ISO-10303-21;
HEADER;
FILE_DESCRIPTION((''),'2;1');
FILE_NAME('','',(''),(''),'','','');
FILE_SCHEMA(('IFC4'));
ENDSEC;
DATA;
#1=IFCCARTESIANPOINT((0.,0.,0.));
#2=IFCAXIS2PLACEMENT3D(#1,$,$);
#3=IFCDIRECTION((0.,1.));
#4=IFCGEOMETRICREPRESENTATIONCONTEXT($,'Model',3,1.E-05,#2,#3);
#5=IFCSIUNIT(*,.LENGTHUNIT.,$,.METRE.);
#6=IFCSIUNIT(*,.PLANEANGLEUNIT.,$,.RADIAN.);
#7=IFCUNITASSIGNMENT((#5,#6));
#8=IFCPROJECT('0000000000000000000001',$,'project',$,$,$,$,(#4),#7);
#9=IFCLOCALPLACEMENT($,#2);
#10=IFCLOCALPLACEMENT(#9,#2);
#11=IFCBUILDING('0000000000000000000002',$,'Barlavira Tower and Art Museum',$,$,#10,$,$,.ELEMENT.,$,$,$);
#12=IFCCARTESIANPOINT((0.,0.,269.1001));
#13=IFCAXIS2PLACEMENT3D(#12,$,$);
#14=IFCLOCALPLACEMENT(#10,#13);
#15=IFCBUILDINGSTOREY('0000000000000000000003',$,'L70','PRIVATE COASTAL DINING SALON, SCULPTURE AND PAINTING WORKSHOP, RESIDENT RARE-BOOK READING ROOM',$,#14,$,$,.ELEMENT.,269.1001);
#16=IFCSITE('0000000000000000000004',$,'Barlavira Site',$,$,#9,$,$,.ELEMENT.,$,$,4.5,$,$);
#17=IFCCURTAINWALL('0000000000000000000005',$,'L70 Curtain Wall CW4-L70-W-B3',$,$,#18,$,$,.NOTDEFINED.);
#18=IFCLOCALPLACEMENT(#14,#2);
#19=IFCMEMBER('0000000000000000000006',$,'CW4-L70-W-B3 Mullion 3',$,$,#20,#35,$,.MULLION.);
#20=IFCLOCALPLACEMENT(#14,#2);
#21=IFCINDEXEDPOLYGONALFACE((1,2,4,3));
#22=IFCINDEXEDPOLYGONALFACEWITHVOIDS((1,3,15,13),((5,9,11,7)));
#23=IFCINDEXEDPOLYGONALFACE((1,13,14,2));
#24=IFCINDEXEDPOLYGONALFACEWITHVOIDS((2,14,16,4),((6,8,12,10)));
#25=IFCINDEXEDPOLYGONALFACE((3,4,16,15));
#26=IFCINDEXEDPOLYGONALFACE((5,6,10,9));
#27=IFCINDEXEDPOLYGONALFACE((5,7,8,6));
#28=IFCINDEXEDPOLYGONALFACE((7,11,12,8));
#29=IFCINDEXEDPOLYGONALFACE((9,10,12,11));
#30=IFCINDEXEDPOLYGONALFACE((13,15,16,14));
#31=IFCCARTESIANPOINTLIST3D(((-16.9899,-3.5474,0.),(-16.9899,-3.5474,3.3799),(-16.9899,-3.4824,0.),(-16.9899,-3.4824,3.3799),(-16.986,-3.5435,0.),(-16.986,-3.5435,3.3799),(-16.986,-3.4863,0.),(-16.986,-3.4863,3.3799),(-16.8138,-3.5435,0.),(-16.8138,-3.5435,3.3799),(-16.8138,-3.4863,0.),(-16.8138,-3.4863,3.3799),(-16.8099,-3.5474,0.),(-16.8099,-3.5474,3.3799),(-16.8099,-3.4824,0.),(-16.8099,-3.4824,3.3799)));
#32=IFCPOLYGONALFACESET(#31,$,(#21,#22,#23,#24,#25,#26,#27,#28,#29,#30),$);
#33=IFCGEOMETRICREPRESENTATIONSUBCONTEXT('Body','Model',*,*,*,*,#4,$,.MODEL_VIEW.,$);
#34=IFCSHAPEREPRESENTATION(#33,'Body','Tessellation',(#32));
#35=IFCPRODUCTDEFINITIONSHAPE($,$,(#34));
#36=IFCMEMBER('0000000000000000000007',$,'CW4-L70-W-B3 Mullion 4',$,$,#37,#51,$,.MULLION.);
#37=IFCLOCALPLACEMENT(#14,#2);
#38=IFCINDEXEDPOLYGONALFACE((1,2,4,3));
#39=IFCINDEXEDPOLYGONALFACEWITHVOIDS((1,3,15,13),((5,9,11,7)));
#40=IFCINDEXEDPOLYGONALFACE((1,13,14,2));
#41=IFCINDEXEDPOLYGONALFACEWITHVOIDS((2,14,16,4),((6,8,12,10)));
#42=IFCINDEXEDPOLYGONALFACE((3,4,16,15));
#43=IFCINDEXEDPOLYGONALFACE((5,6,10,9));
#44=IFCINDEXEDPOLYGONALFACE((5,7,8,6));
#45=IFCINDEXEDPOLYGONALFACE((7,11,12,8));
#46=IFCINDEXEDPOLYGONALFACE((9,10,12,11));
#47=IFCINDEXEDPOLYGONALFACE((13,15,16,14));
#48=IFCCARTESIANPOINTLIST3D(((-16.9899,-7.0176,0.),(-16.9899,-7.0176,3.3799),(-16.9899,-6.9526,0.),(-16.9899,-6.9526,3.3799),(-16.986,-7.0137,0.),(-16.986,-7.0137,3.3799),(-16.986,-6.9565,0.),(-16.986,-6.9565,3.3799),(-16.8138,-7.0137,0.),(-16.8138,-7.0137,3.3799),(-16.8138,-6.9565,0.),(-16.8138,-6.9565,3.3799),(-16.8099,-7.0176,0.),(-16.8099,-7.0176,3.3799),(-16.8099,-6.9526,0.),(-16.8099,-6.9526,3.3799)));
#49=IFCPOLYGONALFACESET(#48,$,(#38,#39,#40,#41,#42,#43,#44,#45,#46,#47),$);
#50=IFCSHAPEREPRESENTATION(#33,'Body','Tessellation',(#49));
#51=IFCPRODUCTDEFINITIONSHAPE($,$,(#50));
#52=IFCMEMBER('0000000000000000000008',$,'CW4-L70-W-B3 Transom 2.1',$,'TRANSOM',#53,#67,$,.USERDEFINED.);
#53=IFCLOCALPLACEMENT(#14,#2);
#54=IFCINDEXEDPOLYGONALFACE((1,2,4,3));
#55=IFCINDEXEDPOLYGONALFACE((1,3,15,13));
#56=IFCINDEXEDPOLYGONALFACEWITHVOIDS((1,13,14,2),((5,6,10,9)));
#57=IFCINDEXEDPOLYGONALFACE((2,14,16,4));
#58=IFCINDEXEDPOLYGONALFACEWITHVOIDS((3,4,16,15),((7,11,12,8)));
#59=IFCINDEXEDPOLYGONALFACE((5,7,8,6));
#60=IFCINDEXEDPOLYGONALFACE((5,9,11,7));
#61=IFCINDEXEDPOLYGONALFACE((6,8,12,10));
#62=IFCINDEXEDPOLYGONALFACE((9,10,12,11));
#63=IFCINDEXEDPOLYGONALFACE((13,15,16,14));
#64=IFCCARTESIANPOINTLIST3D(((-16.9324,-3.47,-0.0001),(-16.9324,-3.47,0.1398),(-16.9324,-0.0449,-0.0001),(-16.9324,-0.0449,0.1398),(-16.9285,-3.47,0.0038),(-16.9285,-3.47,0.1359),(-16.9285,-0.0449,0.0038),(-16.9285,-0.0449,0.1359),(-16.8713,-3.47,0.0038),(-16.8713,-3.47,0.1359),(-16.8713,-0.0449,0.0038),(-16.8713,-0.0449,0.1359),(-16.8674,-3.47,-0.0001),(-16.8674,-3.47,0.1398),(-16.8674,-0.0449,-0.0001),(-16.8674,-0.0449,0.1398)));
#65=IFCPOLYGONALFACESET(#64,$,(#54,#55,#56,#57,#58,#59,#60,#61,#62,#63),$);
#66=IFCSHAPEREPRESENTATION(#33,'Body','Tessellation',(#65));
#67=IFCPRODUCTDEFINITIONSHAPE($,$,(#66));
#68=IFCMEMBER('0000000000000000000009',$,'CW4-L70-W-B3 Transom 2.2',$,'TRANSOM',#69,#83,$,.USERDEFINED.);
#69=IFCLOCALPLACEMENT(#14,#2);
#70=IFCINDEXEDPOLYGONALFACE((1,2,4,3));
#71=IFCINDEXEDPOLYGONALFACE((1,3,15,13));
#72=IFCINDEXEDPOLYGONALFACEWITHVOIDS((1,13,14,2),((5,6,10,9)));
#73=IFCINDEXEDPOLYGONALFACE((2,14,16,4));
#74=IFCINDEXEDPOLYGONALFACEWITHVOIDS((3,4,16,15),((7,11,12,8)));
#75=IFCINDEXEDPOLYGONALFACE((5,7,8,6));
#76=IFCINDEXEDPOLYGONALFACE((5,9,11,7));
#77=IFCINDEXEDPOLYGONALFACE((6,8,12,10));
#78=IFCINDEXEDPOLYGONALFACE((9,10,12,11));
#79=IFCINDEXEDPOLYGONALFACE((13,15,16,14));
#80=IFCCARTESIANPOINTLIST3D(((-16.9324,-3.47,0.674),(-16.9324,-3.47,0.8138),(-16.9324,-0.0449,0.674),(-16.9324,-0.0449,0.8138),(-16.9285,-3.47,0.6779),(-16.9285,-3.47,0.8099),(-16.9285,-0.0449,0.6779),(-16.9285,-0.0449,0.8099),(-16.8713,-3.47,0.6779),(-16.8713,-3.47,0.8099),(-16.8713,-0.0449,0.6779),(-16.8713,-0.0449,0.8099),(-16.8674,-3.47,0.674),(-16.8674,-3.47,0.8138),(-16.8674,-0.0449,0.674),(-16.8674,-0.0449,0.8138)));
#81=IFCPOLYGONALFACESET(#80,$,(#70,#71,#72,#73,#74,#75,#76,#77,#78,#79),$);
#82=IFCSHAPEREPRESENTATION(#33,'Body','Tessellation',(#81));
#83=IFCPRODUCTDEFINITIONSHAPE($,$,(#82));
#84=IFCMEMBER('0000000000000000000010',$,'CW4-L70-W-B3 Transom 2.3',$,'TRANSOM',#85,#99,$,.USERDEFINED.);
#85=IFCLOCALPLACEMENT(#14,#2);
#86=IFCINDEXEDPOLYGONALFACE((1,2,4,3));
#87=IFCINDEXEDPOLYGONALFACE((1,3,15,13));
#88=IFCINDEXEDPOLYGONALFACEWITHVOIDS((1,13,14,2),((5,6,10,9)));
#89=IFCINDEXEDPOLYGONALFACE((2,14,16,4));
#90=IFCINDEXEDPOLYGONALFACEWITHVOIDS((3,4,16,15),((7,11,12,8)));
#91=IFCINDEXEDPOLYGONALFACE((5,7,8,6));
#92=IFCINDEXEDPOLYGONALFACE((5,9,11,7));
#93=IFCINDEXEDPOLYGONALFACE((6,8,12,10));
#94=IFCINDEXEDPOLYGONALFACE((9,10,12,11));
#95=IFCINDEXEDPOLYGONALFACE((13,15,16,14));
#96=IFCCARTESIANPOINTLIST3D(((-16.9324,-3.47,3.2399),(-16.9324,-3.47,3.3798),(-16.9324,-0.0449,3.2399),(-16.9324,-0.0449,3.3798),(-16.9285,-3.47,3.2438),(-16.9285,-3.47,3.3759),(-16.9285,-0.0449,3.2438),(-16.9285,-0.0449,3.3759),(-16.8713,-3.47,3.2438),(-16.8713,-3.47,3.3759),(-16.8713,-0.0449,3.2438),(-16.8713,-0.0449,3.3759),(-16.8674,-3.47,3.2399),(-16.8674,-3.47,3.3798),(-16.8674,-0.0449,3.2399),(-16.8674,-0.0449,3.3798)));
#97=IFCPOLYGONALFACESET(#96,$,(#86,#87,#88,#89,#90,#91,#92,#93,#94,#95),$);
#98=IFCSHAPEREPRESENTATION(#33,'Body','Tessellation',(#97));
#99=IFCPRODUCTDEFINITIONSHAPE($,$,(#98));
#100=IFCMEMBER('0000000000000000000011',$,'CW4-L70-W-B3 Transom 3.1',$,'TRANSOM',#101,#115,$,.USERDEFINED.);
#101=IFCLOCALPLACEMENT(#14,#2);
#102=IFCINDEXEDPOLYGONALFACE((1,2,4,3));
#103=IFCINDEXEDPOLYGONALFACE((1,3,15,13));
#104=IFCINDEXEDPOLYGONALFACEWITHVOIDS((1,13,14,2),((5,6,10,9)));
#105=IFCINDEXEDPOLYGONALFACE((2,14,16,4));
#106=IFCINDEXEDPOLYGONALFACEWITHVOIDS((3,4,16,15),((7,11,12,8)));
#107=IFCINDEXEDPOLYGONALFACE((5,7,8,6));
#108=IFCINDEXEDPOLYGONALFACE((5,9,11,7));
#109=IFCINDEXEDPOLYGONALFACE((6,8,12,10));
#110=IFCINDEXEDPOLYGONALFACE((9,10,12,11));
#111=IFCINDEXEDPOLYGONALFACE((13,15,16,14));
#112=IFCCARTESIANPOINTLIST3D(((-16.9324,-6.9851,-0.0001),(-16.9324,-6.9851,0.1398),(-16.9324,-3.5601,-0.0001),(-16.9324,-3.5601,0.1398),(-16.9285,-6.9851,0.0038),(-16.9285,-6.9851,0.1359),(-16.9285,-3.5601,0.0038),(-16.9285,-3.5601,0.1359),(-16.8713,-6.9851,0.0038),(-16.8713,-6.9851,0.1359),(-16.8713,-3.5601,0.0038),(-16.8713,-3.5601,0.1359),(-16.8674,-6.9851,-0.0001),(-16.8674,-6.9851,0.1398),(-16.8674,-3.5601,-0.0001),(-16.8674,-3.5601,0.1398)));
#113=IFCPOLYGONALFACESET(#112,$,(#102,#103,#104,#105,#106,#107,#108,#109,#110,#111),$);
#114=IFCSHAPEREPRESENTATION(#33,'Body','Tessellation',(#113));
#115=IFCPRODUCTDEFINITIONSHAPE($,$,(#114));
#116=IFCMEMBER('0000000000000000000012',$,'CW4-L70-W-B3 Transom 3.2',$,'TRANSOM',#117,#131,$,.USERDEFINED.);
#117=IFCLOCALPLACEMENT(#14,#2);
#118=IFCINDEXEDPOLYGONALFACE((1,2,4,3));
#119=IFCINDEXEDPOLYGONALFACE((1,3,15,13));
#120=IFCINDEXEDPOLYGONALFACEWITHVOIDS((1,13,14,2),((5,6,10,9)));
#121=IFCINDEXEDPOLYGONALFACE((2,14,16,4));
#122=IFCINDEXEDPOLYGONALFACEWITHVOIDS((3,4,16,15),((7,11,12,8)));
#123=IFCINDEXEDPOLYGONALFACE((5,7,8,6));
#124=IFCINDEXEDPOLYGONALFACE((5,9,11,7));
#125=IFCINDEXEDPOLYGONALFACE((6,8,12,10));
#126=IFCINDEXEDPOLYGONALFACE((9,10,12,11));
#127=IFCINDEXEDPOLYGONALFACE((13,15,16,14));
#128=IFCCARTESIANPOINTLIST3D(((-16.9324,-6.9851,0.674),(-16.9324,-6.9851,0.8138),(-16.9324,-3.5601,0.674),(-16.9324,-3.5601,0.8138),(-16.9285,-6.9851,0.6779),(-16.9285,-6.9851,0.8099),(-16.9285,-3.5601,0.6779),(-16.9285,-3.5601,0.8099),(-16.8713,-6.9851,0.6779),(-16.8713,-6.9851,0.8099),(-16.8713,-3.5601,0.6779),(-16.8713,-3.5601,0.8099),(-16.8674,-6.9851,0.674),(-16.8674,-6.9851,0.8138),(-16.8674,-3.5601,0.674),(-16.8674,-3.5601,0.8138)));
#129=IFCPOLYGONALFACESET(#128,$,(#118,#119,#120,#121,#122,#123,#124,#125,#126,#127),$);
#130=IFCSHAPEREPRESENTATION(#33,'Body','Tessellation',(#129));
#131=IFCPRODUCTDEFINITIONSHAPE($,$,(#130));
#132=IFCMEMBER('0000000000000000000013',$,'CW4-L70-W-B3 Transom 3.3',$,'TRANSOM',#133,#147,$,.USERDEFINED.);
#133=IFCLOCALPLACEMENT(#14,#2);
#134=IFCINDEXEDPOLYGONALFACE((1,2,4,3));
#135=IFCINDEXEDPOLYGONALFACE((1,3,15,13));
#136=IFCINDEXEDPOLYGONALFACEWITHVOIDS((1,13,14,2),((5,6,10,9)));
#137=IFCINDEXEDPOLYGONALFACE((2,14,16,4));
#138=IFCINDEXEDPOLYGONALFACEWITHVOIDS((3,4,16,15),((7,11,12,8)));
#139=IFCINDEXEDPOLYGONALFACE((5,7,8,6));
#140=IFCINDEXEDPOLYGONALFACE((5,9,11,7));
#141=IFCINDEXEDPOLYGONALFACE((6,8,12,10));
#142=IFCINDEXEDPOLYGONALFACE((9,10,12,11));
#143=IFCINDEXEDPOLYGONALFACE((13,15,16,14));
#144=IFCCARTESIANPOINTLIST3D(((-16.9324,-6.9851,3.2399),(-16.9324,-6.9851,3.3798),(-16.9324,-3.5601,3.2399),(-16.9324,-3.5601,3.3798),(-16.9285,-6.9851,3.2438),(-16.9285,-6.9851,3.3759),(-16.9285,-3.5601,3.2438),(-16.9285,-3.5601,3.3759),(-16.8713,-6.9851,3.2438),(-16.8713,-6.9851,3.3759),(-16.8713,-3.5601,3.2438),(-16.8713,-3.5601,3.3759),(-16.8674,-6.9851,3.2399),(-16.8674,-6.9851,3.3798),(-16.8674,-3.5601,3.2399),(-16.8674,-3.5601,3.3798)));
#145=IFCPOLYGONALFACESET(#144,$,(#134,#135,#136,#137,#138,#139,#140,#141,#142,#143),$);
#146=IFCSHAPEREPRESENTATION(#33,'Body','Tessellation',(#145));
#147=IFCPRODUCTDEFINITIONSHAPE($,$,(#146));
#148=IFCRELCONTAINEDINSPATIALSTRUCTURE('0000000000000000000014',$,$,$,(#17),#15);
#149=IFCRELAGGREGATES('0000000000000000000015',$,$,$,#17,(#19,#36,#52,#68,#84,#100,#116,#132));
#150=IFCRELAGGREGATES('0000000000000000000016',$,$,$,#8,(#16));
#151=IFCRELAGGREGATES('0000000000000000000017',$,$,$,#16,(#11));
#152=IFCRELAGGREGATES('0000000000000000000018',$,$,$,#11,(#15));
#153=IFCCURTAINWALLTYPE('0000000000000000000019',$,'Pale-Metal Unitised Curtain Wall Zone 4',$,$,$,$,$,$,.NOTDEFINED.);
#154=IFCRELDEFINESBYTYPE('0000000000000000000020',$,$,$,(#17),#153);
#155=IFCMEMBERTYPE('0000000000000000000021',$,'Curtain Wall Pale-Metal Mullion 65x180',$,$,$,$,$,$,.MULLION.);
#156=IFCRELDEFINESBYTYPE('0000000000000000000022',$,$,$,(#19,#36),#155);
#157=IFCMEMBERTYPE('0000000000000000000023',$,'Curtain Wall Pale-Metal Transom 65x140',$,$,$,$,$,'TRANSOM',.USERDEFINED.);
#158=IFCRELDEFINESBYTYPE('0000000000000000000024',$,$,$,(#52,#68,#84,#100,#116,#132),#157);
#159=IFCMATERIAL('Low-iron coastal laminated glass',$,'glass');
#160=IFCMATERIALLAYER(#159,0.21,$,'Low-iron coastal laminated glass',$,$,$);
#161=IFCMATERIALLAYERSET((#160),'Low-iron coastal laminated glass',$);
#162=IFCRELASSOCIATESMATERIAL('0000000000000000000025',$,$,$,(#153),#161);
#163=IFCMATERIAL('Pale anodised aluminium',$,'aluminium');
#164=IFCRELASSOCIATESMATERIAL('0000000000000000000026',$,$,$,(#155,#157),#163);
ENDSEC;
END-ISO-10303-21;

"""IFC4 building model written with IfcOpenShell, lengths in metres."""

from ifc_helpers import new_model, si_unit, direction, frame, origin, origin_2d, place, context, subcontext, project, spatial, hollow_rectangle, extrude, material, layer, layer_set, material_profile, profile_set, type_object, element, aggregate, save


model = new_model("IFC4")

# Units and contexts
model_context = context("Model", 3, precision=1e-05, world=origin(), true_north=direction((0.0, 1.0)))
body_context = subcontext(model_context, "Body", "Model", "MODEL_VIEW")
ifc_project = project(units=[si_unit("LENGTHUNIT", "METRE"), si_unit("PLANEANGLEUNIT", "RADIAN")], contexts=[model_context])

# Site, building, storey
site_placement = place(None, origin())
site = spatial("IfcSite", under=ifc_project, at=site_placement, Name="Barlavira Site", CompositionType="ELEMENT", RefElevation=4.5)
building_placement = place(site_placement, origin())
building = spatial("IfcBuilding", under=site, at=building_placement, Name="Barlavira Tower and Art Museum", CompositionType="ELEMENT")
storey_placement = place(building_placement, frame((0.0, 0.0, 269.1001)))
storey = spatial("IfcBuildingStorey", under=building, at=storey_placement, Name="L70", Description="PRIVATE COASTAL DINING SALON, SCULPTURE AND PAINTING WORKSHOP, RESIDENT RARE-BOOK READING ROOM", CompositionType="ELEMENT", Elevation=269.1001)

# Curtain wall, members
ifc_material_1 = material(Name="Low-iron coastal laminated glass", Category="glass")
ifc_layer_1 = layer(ifc_material_1, 0.21, Name="Low-iron coastal laminated glass")
ifc_layer_set_1 = layer_set([ifc_layer_1], Name="Low-iron coastal laminated glass")
curtain_wall_type = type_object("IfcCurtainWallType", Name="Pale-Metal Unitised Curtain Wall Zone 4", PredefinedType="NOTDEFINED", material=ifc_layer_set_1)
curtain_wall_placement = place(storey_placement, origin())
curtain_wall = element("IfcCurtainWall", 1, at=curtain_wall_placement, inside=storey, type_object=curtain_wall_type, Name="L70 Curtain Wall CW4-L70-W-B3", PredefinedType="NOTDEFINED")
ifc_material_2 = material(Name="Pale anodised aluminium", Category="aluminium")
ifc_material_profile_1 = material_profile(ifc_material_2, hollow_rectangle(XDim=0.0649, YDim=0.1799, WallThickness=0.0039, at=origin_2d()), Name="ALU-MULL 65x180x4")
ifc_profile_set_1 = profile_set([ifc_material_profile_1], Name="Pale anodised aluminium")
member_type_1 = type_object("IfcMemberType", Name="Curtain Wall Pale-Metal Mullion 65x180", PredefinedType="MULLION", material=ifc_profile_set_1)
member_1_placement = place(storey_placement, frame((-16.8999, -3.5149, 0.0), z_axis=(0.0, 0.0, 1.0), x_axis=(0.0, -1.0, 0.0)))
member_1 = element("IfcMember", 2, at=member_1_placement, type_object=member_type_1, Name="CW4-L70-W-B3 Mullion 3", PredefinedType="MULLION", context=body_context, shape_type="SweptSolid", body=[
    extrude(hollow_rectangle(XDim=0.0649, YDim=0.1799, WallThickness=0.0039, at=origin_2d()), origin(), (0.0, 0.0, 1.0), 3.3799),
])
member_2_placement = place(storey_placement, frame((-16.8999, -6.9851, 0.0), z_axis=(0.0, 0.0, 1.0), x_axis=(0.0, -1.0, 0.0)))
member_2 = element("IfcMember", 3, at=member_2_placement, type_object=member_type_1, Name="CW4-L70-W-B3 Mullion 4", PredefinedType="MULLION", context=body_context, shape_type="SweptSolid", body=[
    extrude(hollow_rectangle(XDim=0.0649, YDim=0.1799, WallThickness=0.0039, at=origin_2d()), origin(), (0.0, 0.0, 1.0), 3.3799),
])
ifc_material_profile_2 = material_profile(ifc_material_2, hollow_rectangle(XDim=0.0649, YDim=0.1399, WallThickness=0.0039, at=origin_2d()), Name="ALU-TRAN 65x140x4")
ifc_profile_set_2 = profile_set([ifc_material_profile_2], Name="Pale anodised aluminium")
member_type_2 = type_object("IfcMemberType", Name="Curtain Wall Pale-Metal Transom 65x140", ElementType="TRANSOM", PredefinedType="USERDEFINED", material=ifc_profile_set_2)
member_3_placement = place(storey_placement, frame((-16.8999, -0.0449, 0.0698), z_axis=(0.0, -1.0, 0.0), x_axis=(1.0, 0.0, 0.0)))
member_3 = element("IfcMember", 4, at=member_3_placement, type_object=member_type_2, Name="CW4-L70-W-B3 Transom 2.1", ObjectType="TRANSOM", PredefinedType="USERDEFINED", context=body_context, shape_type="SweptSolid", body=[
    extrude(hollow_rectangle(XDim=0.0649, YDim=0.1399, WallThickness=0.0039, at=origin_2d()), origin(), (0.0, 0.0, 1.0), 3.425),
])
member_4_placement = place(storey_placement, frame((-16.8999, -0.0449, 0.7439), z_axis=(0.0, -1.0, 0.0), x_axis=(1.0, 0.0, 0.0)))
member_4 = element("IfcMember", 5, at=member_4_placement, type_object=member_type_2, Name="CW4-L70-W-B3 Transom 2.2", ObjectType="TRANSOM", PredefinedType="USERDEFINED", context=body_context, shape_type="SweptSolid", body=[
    extrude(hollow_rectangle(XDim=0.0649, YDim=0.1399, WallThickness=0.0039, at=origin_2d()), origin(), (0.0, 0.0, 1.0), 3.425),
])
member_5_placement = place(storey_placement, frame((-16.8999, -0.0449, 3.3098), z_axis=(0.0, -1.0, 0.0), x_axis=(1.0, 0.0, 0.0)))
member_5 = element("IfcMember", 6, at=member_5_placement, type_object=member_type_2, Name="CW4-L70-W-B3 Transom 2.3", ObjectType="TRANSOM", PredefinedType="USERDEFINED", context=body_context, shape_type="SweptSolid", body=[
    extrude(hollow_rectangle(XDim=0.0649, YDim=0.1399, WallThickness=0.0039, at=origin_2d()), origin(), (0.0, 0.0, 1.0), 3.425),
])
member_6_placement = place(storey_placement, frame((-16.8999, -3.5601, 0.0698), z_axis=(0.0, -1.0, 0.0), x_axis=(1.0, 0.0, 0.0)))
member_6 = element("IfcMember", 7, at=member_6_placement, type_object=member_type_2, Name="CW4-L70-W-B3 Transom 3.1", ObjectType="TRANSOM", PredefinedType="USERDEFINED", context=body_context, shape_type="SweptSolid", body=[
    extrude(hollow_rectangle(XDim=0.0649, YDim=0.1399, WallThickness=0.0039, at=origin_2d()), origin(), (0.0, 0.0, 1.0), 3.425),
])
member_7_placement = place(storey_placement, frame((-16.8999, -3.5601, 0.7439), z_axis=(0.0, -1.0, 0.0), x_axis=(1.0, 0.0, 0.0)))
member_7 = element("IfcMember", 8, at=member_7_placement, type_object=member_type_2, Name="CW4-L70-W-B3 Transom 3.2", ObjectType="TRANSOM", PredefinedType="USERDEFINED", context=body_context, shape_type="SweptSolid", body=[
    extrude(hollow_rectangle(XDim=0.0649, YDim=0.1399, WallThickness=0.0039, at=origin_2d()), origin(), (0.0, 0.0, 1.0), 3.425),
])
member_8_placement = place(storey_placement, frame((-16.8999, -3.5601, 3.3098), z_axis=(0.0, -1.0, 0.0), x_axis=(1.0, 0.0, 0.0)))
member_8 = element("IfcMember", 9, at=member_8_placement, type_object=member_type_2, Name="CW4-L70-W-B3 Transom 3.3", ObjectType="TRANSOM", PredefinedType="USERDEFINED", context=body_context, shape_type="SweptSolid", body=[
    extrude(hollow_rectangle(XDim=0.0649, YDim=0.1399, WallThickness=0.0039, at=origin_2d()), origin(), (0.0, 0.0, 1.0), 3.425),
])

aggregate(curtain_wall, [member_1, member_2, member_3, member_4, member_5, member_6, member_7, member_8])

save(model, "model.ifc")
